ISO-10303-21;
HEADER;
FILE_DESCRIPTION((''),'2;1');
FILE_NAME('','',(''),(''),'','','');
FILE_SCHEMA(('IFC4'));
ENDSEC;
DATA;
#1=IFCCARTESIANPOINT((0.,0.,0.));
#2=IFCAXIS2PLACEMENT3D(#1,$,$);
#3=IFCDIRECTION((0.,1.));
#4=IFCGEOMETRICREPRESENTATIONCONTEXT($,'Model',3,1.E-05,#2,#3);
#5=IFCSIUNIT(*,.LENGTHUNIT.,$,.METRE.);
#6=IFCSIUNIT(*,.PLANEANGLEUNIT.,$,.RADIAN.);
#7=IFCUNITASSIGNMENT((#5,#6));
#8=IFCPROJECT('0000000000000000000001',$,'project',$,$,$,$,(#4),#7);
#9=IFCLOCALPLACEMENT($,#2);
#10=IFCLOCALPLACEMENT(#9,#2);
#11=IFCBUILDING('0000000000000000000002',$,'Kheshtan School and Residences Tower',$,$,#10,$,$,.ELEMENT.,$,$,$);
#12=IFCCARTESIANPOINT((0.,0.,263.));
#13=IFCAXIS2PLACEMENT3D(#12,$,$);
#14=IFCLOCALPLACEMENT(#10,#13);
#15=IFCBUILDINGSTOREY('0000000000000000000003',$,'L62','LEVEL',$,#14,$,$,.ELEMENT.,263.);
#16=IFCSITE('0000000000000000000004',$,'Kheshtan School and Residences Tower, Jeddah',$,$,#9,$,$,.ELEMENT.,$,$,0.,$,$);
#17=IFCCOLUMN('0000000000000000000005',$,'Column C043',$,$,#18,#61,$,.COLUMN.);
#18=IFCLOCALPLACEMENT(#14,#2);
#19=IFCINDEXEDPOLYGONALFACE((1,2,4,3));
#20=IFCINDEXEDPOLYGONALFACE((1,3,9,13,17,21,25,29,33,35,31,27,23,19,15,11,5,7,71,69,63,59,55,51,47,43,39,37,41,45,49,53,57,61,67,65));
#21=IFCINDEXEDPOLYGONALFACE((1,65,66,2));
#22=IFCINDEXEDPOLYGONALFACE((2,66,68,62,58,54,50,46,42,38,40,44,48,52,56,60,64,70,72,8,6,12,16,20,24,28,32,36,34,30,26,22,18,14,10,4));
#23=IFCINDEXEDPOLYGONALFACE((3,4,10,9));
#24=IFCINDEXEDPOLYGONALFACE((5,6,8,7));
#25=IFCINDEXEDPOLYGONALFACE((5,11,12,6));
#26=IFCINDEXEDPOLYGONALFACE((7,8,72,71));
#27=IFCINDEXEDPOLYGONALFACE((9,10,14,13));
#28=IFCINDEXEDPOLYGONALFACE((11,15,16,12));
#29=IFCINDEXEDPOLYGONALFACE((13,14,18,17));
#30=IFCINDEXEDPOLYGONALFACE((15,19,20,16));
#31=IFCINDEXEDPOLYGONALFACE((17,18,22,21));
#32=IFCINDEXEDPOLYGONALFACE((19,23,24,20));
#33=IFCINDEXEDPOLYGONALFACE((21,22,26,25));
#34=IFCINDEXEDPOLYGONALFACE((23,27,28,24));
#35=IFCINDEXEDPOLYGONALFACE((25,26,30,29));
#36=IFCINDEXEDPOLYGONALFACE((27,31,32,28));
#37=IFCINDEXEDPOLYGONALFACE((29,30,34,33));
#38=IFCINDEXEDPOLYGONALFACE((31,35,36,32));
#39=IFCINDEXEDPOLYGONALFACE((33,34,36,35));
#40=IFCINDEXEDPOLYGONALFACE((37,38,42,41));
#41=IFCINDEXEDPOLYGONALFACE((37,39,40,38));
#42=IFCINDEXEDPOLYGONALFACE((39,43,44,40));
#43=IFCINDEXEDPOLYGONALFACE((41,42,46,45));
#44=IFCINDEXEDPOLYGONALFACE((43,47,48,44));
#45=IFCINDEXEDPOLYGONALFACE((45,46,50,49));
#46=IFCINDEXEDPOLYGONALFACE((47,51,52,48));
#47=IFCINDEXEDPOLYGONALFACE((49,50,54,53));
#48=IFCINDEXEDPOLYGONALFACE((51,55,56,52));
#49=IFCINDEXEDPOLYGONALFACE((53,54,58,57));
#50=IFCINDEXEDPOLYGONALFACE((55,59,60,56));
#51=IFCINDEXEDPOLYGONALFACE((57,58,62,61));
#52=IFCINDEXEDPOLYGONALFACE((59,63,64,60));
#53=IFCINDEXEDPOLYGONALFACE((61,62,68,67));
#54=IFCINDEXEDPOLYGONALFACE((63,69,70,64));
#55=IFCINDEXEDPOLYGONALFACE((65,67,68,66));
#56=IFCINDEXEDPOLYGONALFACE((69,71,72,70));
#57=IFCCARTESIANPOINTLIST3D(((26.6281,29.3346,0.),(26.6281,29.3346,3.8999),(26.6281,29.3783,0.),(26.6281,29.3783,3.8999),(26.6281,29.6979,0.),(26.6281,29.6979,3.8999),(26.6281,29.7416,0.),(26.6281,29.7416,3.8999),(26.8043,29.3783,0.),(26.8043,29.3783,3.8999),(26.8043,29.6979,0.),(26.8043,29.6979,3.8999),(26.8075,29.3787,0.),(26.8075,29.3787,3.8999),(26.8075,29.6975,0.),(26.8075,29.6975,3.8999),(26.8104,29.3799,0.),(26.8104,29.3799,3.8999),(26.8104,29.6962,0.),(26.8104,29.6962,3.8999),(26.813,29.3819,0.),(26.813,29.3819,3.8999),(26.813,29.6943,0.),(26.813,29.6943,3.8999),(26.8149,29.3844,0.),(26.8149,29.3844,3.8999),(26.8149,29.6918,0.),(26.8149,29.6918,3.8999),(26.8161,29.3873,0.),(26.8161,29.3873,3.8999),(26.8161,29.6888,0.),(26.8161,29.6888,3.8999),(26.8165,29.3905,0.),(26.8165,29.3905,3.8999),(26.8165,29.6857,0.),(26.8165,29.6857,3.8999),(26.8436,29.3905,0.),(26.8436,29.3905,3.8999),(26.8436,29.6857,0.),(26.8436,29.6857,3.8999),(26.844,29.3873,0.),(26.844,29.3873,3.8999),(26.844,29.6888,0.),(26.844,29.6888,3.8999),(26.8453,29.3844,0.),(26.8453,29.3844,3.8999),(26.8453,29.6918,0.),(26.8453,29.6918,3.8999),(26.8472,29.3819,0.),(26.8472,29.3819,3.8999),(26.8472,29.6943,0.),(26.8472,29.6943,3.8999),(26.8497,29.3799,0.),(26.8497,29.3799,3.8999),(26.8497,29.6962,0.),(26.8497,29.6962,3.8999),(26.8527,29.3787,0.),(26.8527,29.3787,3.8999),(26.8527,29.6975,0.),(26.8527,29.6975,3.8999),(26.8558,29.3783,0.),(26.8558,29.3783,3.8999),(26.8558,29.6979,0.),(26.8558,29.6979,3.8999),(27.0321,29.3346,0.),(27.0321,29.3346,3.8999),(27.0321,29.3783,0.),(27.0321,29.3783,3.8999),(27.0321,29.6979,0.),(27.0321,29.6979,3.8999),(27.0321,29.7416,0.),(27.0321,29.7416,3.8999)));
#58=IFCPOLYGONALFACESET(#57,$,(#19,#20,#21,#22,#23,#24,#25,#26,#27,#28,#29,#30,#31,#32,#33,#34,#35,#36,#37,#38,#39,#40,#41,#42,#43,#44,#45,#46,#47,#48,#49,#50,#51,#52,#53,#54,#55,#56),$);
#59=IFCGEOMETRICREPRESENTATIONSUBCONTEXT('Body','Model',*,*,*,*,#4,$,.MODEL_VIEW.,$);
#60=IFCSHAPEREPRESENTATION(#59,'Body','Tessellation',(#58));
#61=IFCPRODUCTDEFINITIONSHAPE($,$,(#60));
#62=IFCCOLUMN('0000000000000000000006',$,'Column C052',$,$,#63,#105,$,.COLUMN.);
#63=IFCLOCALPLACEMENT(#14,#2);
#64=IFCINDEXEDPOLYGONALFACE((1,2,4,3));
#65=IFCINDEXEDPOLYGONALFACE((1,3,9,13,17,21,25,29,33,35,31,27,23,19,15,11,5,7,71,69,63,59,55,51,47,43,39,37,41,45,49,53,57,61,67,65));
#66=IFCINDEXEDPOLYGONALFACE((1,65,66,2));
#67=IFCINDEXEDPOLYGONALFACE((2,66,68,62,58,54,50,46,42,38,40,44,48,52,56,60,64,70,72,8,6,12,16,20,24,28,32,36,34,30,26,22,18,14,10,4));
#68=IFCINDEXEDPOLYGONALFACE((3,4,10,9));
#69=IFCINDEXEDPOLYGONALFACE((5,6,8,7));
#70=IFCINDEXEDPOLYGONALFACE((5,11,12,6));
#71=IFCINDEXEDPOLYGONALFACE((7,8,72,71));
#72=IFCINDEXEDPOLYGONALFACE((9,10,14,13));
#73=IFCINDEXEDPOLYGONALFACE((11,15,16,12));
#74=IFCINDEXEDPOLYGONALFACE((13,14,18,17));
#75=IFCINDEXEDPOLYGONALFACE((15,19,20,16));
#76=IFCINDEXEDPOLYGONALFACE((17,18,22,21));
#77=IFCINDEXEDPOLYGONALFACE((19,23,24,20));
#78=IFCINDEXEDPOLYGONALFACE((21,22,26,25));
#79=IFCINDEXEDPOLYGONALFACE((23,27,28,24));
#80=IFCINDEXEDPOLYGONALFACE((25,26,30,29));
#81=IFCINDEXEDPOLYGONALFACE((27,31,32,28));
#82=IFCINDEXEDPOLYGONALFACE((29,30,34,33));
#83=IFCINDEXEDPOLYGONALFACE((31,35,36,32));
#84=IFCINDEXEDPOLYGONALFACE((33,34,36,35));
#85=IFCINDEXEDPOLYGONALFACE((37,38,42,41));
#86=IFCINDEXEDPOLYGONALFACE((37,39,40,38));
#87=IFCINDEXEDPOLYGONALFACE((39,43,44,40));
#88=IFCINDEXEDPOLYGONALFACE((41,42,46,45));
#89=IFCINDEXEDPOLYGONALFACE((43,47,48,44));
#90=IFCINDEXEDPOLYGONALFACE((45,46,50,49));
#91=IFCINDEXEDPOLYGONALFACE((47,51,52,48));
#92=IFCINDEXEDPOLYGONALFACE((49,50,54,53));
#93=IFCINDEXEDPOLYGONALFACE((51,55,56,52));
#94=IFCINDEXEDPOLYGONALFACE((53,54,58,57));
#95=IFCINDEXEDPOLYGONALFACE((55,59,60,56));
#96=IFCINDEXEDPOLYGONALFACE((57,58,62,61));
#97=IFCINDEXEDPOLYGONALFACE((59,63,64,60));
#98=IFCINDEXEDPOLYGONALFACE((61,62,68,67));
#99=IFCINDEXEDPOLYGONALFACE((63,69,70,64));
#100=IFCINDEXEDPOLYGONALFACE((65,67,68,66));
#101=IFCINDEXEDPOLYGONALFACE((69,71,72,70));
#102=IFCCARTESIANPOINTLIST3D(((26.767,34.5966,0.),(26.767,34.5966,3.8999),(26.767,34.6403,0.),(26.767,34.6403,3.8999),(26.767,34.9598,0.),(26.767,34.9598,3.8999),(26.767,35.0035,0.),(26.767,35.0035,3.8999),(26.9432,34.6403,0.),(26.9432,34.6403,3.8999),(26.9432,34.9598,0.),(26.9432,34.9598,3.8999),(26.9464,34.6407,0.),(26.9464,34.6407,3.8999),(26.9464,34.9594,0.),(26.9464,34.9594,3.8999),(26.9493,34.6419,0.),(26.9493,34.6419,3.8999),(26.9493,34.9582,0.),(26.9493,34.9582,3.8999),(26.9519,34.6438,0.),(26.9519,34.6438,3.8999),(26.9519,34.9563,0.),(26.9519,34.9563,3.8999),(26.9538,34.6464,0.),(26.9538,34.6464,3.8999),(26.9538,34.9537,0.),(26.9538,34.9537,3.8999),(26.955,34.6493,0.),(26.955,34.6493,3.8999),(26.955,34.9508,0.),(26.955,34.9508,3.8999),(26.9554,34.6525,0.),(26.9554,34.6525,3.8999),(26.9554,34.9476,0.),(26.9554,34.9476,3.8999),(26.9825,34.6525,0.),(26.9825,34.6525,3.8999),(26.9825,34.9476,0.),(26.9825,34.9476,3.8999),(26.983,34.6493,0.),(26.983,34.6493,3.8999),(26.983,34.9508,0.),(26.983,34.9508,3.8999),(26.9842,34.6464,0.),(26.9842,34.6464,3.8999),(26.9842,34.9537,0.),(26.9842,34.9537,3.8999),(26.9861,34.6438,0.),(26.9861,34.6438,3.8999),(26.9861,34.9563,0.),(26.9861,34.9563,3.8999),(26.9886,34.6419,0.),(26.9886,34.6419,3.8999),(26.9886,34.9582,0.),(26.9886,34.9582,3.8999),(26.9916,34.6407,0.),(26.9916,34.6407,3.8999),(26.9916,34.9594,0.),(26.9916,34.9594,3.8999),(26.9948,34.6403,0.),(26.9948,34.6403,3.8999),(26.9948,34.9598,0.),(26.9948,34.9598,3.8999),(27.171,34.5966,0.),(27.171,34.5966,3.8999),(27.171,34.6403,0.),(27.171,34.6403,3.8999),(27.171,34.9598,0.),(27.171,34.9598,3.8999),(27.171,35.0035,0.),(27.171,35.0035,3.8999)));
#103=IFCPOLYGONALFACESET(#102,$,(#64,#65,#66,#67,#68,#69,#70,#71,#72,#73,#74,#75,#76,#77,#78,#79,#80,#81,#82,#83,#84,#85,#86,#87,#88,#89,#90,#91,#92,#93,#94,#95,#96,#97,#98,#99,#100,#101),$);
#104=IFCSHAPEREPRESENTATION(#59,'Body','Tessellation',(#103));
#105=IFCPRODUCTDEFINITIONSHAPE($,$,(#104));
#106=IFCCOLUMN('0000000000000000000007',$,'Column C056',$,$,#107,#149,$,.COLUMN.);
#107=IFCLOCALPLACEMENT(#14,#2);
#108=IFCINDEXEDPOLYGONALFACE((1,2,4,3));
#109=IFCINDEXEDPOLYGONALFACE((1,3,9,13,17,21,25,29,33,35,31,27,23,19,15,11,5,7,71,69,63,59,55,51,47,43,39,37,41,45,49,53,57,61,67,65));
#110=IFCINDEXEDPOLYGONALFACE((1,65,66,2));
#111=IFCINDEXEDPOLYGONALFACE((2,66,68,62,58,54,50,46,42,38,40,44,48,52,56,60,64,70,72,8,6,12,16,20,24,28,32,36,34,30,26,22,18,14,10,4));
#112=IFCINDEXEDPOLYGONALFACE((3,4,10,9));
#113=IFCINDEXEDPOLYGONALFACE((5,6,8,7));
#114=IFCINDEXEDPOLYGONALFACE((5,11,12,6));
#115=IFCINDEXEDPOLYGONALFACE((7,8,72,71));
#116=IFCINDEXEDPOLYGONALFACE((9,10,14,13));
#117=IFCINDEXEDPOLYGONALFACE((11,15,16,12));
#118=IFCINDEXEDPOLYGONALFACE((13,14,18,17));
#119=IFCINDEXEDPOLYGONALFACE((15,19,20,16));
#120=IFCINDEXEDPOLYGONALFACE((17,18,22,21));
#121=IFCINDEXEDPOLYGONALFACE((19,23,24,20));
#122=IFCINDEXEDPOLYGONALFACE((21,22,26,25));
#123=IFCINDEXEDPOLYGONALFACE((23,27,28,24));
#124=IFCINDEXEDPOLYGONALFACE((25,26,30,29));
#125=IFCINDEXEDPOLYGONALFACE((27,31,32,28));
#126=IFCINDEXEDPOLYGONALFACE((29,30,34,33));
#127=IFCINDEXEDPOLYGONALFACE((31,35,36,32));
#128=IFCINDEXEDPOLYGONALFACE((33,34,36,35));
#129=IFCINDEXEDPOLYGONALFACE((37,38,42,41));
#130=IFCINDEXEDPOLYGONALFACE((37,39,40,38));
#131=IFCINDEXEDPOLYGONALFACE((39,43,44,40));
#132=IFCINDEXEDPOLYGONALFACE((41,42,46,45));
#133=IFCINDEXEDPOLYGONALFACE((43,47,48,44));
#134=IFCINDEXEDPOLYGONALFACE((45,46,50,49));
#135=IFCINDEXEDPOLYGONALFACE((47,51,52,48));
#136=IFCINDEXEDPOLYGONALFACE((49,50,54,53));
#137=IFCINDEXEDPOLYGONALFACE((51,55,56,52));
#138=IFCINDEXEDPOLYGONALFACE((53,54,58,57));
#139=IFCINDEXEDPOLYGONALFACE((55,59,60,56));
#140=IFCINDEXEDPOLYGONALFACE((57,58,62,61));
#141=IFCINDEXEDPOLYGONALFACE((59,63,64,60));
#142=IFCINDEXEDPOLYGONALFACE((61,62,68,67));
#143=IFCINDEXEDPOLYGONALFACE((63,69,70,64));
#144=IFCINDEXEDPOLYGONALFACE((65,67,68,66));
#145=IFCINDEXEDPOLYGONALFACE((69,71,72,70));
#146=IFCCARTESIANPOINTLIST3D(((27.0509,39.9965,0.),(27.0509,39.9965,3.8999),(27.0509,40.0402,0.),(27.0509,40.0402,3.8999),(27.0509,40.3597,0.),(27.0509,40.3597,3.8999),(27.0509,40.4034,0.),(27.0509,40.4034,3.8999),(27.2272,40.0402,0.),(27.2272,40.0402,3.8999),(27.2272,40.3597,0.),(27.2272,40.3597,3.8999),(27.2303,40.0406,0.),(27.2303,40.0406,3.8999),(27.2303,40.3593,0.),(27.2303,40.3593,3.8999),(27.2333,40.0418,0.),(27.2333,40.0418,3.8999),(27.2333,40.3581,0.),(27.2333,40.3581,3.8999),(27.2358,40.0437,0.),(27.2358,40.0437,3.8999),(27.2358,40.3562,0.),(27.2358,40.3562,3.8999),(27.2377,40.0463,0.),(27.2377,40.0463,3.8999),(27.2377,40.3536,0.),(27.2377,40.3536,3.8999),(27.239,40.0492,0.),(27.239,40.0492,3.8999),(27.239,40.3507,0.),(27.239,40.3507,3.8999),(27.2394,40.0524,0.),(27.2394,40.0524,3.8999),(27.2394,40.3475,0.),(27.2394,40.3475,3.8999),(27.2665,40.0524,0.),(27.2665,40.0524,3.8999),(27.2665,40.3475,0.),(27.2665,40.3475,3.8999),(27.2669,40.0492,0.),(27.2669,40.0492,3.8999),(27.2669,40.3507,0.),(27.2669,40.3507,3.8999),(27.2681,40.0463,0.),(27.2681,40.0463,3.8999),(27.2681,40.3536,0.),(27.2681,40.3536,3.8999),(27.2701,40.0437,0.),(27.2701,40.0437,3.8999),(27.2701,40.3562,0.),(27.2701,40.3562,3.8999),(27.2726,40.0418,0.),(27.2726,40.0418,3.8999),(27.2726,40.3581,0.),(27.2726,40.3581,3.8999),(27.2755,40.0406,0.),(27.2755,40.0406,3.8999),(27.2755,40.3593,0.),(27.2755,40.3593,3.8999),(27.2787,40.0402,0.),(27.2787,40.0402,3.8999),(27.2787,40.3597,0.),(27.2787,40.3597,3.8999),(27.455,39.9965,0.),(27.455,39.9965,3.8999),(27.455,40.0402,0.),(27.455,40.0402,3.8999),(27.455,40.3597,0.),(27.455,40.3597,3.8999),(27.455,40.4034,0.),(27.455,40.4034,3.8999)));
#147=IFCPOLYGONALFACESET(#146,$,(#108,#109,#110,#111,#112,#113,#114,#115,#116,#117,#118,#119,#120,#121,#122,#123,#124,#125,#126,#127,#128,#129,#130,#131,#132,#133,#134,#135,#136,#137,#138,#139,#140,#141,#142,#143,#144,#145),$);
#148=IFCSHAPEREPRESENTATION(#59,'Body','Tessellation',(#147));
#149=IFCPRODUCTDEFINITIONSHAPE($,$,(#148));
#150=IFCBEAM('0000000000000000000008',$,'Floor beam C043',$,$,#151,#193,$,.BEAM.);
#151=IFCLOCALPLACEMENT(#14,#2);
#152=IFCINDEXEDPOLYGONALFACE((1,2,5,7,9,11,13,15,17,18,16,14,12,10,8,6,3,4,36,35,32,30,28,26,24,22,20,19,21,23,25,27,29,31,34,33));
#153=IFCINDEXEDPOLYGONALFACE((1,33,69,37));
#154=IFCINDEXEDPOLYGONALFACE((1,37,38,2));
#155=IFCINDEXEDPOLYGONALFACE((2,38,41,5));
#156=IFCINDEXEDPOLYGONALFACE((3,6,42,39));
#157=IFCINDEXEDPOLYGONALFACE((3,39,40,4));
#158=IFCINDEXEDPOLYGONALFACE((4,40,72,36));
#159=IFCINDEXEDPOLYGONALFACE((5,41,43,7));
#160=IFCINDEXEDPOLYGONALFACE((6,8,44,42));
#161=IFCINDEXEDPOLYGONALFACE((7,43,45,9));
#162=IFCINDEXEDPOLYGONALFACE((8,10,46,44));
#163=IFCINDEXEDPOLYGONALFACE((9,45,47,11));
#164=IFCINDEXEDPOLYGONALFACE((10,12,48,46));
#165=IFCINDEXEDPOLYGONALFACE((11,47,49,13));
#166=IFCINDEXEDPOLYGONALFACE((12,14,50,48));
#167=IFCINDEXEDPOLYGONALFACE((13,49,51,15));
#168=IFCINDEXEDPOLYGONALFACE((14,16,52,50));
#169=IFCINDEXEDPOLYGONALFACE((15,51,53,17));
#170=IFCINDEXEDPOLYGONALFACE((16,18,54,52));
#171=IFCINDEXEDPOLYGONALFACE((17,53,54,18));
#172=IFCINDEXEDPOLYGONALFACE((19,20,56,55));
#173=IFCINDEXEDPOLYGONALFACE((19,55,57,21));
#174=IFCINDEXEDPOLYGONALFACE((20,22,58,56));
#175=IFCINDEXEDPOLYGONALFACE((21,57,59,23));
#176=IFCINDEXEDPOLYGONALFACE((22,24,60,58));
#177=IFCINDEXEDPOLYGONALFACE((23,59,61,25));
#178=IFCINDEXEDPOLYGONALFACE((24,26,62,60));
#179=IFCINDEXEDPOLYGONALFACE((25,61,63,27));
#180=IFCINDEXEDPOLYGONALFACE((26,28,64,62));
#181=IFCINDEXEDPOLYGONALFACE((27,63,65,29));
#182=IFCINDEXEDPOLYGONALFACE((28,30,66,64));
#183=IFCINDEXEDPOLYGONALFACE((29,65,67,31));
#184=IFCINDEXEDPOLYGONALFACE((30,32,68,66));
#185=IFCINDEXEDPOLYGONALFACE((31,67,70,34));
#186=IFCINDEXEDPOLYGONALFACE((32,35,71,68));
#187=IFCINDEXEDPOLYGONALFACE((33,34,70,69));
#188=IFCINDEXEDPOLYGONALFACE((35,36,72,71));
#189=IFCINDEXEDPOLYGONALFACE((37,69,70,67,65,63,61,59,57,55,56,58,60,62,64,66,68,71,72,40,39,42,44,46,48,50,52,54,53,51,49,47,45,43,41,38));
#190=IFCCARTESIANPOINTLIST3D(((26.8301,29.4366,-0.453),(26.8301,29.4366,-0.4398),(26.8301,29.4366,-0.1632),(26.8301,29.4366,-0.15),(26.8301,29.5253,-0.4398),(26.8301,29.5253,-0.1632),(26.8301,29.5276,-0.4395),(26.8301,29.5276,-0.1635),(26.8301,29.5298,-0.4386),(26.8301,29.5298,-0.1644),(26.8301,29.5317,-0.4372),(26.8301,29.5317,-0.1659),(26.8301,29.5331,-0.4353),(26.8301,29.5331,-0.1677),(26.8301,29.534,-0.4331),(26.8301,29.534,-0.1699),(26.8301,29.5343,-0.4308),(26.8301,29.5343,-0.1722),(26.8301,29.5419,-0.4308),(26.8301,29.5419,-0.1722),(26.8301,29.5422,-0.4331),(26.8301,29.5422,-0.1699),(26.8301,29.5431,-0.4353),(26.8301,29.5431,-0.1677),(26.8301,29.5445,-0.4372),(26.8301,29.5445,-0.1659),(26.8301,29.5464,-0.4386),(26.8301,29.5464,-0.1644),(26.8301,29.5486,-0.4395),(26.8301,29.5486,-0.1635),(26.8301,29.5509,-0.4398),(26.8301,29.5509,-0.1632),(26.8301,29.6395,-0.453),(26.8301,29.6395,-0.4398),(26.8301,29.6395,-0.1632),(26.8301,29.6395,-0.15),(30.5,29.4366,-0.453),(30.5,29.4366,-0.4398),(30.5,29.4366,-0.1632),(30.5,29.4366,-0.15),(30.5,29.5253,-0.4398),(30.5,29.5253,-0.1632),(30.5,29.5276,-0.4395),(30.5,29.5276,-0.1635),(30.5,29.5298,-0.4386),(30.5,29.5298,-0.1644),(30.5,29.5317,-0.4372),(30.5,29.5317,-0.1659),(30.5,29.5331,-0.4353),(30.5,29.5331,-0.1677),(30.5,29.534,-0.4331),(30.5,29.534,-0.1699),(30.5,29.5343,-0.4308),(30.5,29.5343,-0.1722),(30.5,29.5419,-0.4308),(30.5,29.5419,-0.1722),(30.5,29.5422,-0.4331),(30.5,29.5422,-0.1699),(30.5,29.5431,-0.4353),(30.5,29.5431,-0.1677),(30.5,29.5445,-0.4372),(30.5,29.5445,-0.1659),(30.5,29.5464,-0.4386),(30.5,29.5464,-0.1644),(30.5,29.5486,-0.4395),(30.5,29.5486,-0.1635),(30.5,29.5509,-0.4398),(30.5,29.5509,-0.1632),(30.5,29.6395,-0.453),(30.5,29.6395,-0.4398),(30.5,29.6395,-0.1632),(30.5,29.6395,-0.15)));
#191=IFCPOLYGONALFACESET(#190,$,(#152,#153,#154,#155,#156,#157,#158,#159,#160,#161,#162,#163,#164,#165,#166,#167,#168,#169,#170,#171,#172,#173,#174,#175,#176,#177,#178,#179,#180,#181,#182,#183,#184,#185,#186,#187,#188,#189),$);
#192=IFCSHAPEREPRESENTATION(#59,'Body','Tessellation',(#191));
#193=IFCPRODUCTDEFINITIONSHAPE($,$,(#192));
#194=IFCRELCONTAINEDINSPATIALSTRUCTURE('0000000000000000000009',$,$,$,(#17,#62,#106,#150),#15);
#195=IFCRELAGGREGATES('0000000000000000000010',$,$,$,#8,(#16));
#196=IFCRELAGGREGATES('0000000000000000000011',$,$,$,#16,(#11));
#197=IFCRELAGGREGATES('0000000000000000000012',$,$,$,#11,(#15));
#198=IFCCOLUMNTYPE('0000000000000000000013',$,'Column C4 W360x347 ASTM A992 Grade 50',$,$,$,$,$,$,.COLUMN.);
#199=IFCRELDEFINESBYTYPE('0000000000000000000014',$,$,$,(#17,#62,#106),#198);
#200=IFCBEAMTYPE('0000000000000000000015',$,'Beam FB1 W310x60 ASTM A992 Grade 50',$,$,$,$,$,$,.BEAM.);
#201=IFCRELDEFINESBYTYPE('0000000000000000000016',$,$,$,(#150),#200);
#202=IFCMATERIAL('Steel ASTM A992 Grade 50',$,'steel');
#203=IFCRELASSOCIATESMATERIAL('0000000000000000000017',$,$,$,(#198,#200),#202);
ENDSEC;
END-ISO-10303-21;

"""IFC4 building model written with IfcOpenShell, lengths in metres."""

from ifc_helpers import new_model, si_unit, direction, frame, origin, origin_2d, place, context, subcontext, project, spatial, i_section, extrude, material, material_profile, profile_set, type_object, element, save


model = new_model("IFC4")

# Units and contexts
model_context = context("Model", 3, precision=1e-05, world=origin(), true_north=direction((0.0, 1.0)))
body_context = subcontext(model_context, "Body", "Model", "MODEL_VIEW")
ifc_project = project(units=[si_unit("LENGTHUNIT", "METRE"), si_unit("PLANEANGLEUNIT", "RADIAN")], contexts=[model_context])

# Site, building, storey
site_placement = place(None, origin())
site = spatial("IfcSite", under=ifc_project, at=site_placement, Name="Kheshtan School and Residences Tower, Jeddah", CompositionType="ELEMENT", RefElevation=0.0)
building_placement = place(site_placement, origin())
building = spatial("IfcBuilding", under=site, at=building_placement, Name="Kheshtan School and Residences Tower", CompositionType="ELEMENT")
storey_placement = place(building_placement, frame((0.0, 0.0, 263.0)))
storey = spatial("IfcBuildingStorey", under=building, at=storey_placement, Name="L62", Description="LEVEL", CompositionType="ELEMENT", Elevation=263.0)

# Columns
ifc_material_1 = material(Name="Steel ASTM A992 Grade 50", Category="steel")
ifc_material_profile_1 = material_profile(ifc_material_1, i_section(OverallWidth=0.4041, OverallDepth=0.407, WebThickness=0.0271, FlangeThickness=0.0437, FilletRadius=0.0122, at=origin_2d()), Name="W360x347")
ifc_profile_set_1 = profile_set([ifc_material_profile_1], Name="Steel ASTM A992 Grade 50")
column_type = type_object("IfcColumnType", Name="Column C4 W360x347 ASTM A992 Grade 50", PredefinedType="COLUMN", material=ifc_profile_set_1)
for number, where, z_axis, x_axis, name in (
    (1, (26.8301, 29.5381, 0.0), (0.0, 0.0, 1.0), (1.0, 0.0, 0.0), "Column C043"),
    (2, (26.969, 34.8, 0.0), (0.0, 0.0, 1.0), (1.0, 0.0, 0.0), "Column C052"),
    (3, (27.2529, 40.2, 0.0), (0.0, 0.0, 1.0), (1.0, 0.0, 0.0), "Column C056"),
):
    element("IfcColumn", number, at=place(storey_placement, frame(where, z_axis=z_axis, x_axis=x_axis)), inside=storey, type_object=column_type, Name=name, PredefinedType="COLUMN", context=body_context, shape_type="SweptSolid", body=[
        extrude(i_section(OverallWidth=0.4041, OverallDepth=0.407, WebThickness=0.0271, FlangeThickness=0.0437, FilletRadius=0.0122, at=origin_2d()), origin(), (0.0, 0.0, 1.0), 3.8999),
    ])

# Beam
ifc_material_profile_2 = material_profile(ifc_material_1, i_section(OverallWidth=0.2029, OverallDepth=0.303, WebThickness=0.0076, FlangeThickness=0.0132, FilletRadius=0.009, at=origin_2d()), Name="W310x60")
ifc_profile_set_2 = profile_set([ifc_material_profile_2], Name="Steel ASTM A992 Grade 50")
beam_type_1 = type_object("IfcBeamType", Name="Beam FB1 W310x60 ASTM A992 Grade 50", PredefinedType="BEAM", material=ifc_profile_set_2)
beam_1_placement = place(storey_placement, frame((26.8301, 29.5381, -0.3015), z_axis=(1.0, 0.0, 0.0), x_axis=(0.0, 1.0, 0.0)))
element("IfcBeam", 4, at=beam_1_placement, inside=storey, type_object=beam_type_1, Name="Floor beam C043", PredefinedType="BEAM", context=body_context, shape_type="SweptSolid", body=[
    extrude(i_section(OverallWidth=0.2029, OverallDepth=0.303, WebThickness=0.0076, FlangeThickness=0.0132, FilletRadius=0.009, at=origin_2d()), origin(), (0.0, 0.0, 1.0), 3.6699),
])

save(model, "model.ifc")
